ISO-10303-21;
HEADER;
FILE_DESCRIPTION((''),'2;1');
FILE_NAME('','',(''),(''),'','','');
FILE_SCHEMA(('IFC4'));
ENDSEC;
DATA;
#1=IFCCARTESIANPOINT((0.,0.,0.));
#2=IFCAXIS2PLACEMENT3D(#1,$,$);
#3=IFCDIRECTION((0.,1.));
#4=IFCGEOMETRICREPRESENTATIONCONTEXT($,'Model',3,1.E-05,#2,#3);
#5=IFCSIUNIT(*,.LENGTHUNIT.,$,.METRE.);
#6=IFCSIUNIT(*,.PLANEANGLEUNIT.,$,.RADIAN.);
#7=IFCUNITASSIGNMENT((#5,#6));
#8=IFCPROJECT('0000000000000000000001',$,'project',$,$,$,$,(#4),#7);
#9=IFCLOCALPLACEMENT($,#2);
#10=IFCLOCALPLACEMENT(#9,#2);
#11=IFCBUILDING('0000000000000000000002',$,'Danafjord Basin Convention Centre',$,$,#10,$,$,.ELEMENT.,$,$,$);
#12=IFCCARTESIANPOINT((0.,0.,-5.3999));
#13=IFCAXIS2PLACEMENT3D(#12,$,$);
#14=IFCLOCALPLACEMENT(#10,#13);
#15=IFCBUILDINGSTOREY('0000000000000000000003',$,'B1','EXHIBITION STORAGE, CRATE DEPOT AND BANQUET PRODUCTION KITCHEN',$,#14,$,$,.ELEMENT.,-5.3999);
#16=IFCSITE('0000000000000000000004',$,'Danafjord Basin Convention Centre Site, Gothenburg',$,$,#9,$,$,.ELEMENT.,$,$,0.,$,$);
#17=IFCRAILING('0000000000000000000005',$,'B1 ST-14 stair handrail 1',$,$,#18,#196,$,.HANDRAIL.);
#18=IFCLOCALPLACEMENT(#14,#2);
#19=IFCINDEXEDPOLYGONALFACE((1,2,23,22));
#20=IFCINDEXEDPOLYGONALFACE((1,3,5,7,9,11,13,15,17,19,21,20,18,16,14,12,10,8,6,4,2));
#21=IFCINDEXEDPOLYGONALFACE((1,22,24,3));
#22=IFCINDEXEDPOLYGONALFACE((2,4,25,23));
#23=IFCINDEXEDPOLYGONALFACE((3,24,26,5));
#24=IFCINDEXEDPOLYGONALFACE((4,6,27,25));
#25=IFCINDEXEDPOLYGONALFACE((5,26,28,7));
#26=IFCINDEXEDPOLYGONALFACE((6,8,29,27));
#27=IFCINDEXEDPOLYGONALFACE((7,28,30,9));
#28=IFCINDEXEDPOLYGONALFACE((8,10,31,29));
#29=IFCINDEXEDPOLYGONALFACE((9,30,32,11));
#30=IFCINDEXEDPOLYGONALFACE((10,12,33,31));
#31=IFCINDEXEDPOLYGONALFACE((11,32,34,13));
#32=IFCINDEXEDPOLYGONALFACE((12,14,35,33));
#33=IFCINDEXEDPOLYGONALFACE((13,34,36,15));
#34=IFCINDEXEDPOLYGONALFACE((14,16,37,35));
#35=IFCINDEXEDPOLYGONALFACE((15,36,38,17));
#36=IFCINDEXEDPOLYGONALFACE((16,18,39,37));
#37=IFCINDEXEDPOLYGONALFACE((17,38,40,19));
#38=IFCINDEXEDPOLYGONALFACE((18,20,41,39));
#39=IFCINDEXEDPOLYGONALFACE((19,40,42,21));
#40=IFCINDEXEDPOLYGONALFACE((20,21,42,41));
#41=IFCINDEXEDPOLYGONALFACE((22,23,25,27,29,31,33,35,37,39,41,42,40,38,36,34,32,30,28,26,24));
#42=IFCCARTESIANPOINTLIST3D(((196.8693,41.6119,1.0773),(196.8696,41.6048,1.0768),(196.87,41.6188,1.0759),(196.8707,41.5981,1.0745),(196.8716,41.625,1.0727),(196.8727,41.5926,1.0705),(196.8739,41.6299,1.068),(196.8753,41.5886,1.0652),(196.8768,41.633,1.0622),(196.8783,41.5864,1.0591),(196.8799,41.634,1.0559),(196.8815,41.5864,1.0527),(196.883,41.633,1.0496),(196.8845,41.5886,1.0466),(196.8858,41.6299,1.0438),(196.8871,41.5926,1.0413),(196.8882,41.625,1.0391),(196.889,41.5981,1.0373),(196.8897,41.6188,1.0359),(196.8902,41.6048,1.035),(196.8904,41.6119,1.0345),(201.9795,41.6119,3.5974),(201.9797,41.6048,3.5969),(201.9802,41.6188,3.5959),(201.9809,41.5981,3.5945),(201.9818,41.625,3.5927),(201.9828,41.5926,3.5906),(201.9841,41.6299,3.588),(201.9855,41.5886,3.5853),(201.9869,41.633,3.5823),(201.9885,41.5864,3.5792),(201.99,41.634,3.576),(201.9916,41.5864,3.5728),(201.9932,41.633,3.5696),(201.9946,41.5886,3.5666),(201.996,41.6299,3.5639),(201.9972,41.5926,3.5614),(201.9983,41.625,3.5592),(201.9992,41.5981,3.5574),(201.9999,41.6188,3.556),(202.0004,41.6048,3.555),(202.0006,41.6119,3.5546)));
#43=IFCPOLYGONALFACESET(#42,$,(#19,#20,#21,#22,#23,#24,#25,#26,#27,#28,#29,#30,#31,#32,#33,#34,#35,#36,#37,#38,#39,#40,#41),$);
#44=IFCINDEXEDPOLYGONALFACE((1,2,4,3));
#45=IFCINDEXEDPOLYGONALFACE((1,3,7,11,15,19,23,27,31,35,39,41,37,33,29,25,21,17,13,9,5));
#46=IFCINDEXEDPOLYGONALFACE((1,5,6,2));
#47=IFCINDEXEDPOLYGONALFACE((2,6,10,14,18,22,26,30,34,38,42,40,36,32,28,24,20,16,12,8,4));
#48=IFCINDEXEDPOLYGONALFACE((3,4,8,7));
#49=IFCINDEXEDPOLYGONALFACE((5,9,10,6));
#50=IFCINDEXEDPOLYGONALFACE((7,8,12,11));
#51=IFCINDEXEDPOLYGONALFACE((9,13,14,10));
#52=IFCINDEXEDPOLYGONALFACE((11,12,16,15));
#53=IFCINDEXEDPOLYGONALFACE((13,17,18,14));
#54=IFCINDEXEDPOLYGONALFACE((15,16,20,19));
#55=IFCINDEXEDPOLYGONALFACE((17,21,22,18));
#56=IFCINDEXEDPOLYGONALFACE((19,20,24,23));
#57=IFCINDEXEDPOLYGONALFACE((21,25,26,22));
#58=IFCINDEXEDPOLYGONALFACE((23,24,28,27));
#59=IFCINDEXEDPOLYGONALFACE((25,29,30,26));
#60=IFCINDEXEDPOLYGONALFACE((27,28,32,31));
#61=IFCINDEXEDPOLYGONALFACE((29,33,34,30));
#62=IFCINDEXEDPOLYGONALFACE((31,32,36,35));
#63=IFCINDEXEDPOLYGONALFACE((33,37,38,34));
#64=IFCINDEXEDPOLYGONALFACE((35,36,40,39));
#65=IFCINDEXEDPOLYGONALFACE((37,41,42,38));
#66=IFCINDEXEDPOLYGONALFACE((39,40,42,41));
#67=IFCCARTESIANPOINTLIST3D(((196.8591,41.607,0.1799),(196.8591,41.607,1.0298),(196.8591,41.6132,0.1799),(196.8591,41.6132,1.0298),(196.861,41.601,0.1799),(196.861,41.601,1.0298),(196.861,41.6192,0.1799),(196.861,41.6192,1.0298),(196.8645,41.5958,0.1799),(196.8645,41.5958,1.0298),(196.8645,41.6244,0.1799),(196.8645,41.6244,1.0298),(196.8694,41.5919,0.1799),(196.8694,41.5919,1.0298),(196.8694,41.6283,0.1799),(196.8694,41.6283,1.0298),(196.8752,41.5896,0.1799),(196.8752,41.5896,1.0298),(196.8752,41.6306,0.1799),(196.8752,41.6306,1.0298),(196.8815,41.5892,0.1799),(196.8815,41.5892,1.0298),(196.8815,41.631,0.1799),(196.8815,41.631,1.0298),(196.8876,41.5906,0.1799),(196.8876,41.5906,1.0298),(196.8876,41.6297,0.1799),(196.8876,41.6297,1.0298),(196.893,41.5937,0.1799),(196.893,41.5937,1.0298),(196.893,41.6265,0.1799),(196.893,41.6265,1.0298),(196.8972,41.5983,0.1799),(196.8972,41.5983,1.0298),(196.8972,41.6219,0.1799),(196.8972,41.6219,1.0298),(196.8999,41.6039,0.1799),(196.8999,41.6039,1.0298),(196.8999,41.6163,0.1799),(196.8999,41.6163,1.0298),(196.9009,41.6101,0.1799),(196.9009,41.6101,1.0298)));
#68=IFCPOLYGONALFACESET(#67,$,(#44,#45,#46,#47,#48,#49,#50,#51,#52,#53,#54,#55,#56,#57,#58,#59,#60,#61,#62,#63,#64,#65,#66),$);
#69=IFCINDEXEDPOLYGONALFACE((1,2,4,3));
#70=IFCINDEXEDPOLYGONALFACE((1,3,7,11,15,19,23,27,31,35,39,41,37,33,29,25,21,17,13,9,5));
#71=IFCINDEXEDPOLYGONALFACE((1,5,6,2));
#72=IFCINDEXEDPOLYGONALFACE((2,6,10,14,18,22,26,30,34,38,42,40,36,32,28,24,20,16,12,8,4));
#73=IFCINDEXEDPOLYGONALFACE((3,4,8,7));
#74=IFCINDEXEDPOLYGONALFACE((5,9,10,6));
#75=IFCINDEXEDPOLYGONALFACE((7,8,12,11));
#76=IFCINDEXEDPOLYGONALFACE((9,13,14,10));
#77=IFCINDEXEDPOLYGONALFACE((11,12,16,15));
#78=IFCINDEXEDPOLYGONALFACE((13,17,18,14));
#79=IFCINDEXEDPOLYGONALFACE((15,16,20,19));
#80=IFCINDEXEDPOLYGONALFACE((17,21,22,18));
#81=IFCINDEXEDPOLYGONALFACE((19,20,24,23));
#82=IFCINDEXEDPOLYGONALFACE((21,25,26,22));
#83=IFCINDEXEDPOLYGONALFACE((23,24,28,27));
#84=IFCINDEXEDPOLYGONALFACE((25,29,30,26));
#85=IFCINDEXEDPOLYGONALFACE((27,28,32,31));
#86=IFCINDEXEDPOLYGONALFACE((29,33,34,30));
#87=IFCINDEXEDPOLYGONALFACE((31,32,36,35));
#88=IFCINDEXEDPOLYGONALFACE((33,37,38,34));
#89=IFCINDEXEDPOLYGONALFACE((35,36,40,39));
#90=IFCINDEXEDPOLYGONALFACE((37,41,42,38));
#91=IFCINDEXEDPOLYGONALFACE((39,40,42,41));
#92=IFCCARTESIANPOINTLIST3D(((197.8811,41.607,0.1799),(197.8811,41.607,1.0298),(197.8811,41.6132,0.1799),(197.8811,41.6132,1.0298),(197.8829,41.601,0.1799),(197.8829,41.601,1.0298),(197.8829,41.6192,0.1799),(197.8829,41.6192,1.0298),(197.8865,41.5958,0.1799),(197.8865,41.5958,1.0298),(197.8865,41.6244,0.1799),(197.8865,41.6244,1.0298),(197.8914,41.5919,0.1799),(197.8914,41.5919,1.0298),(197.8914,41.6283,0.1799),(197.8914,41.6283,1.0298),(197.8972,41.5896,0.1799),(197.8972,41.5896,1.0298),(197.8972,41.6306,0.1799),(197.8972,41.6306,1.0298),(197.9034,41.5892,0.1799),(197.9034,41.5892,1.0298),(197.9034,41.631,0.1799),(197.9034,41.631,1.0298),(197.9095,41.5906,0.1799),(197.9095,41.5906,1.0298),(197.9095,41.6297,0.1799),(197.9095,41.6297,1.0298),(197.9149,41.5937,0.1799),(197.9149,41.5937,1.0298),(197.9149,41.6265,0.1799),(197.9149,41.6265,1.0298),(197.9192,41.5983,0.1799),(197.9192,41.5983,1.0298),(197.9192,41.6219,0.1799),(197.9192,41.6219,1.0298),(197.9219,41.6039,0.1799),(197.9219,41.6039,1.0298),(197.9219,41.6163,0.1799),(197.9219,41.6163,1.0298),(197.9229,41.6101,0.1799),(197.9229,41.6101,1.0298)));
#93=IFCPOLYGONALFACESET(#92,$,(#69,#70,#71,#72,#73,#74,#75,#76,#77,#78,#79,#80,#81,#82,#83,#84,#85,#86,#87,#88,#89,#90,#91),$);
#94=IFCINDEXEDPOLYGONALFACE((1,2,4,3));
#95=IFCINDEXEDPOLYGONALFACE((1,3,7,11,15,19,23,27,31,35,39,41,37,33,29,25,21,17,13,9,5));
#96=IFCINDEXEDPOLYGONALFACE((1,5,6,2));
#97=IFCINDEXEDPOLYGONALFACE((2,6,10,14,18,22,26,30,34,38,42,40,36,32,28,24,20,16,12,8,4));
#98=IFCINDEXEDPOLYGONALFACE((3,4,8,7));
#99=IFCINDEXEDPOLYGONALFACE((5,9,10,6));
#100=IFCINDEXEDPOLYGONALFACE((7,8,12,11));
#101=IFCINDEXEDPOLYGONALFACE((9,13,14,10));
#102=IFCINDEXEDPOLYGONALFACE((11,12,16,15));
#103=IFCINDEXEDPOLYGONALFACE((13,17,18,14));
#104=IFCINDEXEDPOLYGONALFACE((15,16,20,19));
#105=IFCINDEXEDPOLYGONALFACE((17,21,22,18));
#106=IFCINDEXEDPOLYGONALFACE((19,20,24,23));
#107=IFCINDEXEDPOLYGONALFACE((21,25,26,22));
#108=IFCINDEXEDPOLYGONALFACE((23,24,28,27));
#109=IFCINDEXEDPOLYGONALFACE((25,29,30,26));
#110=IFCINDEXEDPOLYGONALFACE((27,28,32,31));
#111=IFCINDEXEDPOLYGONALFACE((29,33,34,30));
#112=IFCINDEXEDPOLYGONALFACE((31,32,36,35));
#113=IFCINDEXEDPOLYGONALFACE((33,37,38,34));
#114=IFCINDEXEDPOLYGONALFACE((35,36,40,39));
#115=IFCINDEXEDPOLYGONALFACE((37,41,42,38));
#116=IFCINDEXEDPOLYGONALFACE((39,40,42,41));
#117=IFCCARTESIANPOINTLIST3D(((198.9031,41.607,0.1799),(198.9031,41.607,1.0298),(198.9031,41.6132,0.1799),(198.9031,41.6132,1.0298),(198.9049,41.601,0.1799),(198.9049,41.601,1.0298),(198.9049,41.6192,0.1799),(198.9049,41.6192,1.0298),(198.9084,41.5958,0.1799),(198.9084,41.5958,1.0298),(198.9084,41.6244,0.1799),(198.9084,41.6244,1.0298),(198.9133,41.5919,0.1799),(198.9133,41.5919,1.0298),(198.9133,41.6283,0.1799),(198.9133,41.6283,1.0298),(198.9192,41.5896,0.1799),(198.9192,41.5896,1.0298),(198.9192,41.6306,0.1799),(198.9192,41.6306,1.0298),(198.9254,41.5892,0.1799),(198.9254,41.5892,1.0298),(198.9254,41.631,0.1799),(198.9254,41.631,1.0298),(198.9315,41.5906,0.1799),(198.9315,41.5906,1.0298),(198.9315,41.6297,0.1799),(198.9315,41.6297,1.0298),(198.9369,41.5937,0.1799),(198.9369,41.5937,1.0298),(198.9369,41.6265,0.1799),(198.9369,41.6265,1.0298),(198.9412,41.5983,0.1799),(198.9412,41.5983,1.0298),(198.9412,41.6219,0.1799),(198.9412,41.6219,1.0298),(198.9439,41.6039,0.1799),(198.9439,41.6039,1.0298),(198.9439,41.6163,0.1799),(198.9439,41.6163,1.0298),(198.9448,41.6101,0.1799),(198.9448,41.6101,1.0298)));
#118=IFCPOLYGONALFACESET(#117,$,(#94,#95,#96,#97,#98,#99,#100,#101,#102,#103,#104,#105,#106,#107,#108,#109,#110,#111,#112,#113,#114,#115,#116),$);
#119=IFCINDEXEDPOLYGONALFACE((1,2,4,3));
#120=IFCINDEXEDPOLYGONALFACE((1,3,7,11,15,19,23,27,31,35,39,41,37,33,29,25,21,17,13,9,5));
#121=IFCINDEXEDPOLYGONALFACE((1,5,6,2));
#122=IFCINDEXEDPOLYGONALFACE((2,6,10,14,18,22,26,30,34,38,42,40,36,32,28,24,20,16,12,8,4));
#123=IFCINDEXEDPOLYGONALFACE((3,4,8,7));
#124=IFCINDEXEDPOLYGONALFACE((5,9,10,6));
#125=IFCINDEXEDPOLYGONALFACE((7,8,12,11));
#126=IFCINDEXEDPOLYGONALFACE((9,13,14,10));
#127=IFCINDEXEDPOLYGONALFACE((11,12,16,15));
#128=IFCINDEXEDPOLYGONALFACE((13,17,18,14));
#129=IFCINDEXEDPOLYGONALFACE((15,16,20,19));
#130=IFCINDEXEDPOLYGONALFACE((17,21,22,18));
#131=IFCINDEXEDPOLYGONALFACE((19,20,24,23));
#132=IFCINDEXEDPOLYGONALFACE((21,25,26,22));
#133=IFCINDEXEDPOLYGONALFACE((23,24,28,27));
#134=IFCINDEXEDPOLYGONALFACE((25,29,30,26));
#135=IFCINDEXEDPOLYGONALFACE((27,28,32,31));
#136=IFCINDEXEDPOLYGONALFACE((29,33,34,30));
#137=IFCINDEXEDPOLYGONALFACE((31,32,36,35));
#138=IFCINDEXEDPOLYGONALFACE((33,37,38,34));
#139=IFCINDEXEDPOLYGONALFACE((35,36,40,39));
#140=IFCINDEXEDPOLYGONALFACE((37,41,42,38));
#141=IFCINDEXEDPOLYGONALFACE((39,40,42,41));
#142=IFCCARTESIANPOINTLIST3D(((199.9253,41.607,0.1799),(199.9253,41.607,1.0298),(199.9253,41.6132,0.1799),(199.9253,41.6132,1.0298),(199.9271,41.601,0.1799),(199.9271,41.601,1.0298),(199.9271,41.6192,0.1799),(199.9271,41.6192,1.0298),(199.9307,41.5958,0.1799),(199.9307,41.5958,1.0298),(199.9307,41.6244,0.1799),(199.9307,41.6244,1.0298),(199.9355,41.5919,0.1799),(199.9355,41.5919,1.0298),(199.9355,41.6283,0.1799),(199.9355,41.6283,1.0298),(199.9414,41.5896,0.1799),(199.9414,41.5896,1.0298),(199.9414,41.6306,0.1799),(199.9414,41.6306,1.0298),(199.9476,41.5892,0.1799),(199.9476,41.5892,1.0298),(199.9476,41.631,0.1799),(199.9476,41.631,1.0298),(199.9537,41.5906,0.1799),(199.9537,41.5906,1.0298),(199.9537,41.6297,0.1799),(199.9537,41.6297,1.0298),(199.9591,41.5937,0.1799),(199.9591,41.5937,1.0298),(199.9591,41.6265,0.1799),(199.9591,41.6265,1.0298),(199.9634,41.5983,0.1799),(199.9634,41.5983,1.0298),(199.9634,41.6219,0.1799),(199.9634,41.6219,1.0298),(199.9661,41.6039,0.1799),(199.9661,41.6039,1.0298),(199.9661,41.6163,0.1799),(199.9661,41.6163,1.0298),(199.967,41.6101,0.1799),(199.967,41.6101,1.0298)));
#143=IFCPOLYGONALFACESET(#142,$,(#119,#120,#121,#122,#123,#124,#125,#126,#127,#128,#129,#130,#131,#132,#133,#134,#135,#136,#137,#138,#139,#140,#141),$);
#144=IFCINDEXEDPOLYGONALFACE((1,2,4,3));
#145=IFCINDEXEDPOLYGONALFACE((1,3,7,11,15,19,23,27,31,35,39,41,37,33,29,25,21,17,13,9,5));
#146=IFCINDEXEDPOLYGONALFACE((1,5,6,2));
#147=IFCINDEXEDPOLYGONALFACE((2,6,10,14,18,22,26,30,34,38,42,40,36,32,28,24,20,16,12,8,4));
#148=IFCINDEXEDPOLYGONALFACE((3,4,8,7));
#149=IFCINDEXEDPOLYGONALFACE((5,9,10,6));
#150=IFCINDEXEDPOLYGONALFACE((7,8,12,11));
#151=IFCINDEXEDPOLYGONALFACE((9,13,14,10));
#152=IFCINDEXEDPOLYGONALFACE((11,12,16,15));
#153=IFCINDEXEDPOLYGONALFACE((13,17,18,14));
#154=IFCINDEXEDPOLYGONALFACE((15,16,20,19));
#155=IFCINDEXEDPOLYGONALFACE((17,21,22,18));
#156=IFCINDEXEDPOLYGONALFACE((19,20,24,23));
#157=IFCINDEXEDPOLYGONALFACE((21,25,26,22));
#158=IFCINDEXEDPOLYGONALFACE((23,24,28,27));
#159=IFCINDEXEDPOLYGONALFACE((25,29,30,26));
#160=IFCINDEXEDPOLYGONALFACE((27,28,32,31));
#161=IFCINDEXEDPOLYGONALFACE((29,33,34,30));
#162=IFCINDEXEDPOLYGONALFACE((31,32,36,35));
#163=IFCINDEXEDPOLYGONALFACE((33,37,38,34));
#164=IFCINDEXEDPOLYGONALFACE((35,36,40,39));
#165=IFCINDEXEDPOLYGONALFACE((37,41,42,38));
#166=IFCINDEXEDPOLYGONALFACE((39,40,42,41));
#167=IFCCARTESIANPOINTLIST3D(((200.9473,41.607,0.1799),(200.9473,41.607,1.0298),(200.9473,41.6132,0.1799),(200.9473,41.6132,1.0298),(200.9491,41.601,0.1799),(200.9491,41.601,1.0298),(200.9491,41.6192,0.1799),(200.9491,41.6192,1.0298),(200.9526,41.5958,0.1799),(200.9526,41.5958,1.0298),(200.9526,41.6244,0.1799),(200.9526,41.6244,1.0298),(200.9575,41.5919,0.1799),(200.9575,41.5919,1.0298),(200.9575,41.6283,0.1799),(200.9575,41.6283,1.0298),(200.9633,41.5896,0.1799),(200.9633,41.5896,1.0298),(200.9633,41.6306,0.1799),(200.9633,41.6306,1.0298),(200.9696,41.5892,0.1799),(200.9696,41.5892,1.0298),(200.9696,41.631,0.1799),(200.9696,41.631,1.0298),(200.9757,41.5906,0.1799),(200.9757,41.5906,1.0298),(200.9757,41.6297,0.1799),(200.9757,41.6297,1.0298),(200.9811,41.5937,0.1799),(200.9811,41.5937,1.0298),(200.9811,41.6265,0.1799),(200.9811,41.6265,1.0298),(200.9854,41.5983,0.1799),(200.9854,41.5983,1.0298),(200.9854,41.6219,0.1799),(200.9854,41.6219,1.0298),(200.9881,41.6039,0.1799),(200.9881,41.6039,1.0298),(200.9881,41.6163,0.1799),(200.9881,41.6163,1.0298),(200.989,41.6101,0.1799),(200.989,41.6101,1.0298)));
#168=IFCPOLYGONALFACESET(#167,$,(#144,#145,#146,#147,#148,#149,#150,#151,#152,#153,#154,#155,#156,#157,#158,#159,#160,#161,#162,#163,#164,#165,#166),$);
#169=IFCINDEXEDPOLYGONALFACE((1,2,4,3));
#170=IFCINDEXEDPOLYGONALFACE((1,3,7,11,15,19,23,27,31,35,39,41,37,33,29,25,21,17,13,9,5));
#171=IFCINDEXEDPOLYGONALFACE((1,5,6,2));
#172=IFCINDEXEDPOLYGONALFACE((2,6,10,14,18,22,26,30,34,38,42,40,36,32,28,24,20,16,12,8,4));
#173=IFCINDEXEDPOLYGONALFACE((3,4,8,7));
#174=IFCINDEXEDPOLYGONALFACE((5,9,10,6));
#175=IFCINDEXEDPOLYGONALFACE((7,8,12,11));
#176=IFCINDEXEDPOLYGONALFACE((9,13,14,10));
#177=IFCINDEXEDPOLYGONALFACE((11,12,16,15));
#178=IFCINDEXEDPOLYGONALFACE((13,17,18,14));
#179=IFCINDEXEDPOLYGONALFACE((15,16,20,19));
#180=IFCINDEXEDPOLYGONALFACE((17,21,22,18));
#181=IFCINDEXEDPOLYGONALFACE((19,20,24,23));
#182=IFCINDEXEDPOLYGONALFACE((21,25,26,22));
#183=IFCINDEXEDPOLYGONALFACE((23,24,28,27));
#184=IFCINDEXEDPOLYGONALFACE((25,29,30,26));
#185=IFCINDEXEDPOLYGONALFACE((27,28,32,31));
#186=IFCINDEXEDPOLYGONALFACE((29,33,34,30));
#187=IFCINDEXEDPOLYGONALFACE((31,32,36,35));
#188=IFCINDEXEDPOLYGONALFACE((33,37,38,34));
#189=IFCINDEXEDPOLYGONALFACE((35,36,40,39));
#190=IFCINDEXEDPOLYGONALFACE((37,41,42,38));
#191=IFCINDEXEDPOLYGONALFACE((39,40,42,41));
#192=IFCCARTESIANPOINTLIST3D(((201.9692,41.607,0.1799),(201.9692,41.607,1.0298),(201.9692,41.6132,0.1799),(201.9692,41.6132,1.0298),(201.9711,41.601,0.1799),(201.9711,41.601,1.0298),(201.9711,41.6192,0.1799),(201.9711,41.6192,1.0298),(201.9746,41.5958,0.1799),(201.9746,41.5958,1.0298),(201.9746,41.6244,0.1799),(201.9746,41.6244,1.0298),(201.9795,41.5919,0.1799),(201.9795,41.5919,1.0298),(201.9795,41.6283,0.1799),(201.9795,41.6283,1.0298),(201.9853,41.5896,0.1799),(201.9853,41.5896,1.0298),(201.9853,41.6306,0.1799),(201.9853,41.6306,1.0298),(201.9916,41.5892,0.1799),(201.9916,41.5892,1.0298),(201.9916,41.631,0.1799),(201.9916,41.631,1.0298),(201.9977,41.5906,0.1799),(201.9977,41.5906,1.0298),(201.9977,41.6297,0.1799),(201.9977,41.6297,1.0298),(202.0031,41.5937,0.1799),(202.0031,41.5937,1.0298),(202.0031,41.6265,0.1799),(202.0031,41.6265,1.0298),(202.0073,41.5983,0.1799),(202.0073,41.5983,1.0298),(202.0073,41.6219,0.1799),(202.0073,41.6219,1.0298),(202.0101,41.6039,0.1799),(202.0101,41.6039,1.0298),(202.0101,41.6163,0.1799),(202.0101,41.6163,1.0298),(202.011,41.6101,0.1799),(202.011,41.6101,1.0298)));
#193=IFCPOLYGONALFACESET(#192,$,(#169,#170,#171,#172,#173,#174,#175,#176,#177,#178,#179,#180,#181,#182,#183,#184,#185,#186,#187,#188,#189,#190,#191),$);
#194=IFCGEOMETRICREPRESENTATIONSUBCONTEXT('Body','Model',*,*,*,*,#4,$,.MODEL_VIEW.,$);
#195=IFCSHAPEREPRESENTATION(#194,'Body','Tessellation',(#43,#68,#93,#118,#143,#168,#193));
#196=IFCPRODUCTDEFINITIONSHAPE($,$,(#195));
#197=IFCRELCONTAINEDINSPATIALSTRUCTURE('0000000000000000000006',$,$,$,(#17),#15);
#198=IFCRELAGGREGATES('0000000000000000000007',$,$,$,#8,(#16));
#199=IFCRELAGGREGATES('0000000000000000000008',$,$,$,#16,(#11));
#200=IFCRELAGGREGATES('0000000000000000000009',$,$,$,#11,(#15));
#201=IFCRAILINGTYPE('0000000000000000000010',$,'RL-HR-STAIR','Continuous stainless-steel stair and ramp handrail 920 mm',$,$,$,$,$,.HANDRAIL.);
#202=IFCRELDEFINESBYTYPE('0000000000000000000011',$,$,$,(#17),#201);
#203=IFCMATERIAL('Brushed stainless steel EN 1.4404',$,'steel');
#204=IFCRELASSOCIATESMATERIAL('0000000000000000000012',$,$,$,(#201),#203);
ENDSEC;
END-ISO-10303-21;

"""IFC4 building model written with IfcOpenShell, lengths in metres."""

from ifc_helpers import new_model, si_unit, direction, frame, origin, origin_2d, place, context, subcontext, project, spatial, circle, extrude, material, type_object, element, save


model = new_model("IFC4")

# Units and contexts
model_context = context("Model", 3, precision=1e-05, world=origin(), true_north=direction((0.0, 1.0)))
body_context = subcontext(model_context, "Body", "Model", "MODEL_VIEW")
ifc_project = project(units=[si_unit("LENGTHUNIT", "METRE"), si_unit("PLANEANGLEUNIT", "RADIAN")], contexts=[model_context])

# Site, building, storey
site_placement = place(None, origin())
site = spatial("IfcSite", under=ifc_project, at=site_placement, Name="Danafjord Basin Convention Centre Site, Gothenburg", CompositionType="ELEMENT", RefElevation=0.0)
building_placement = place(site_placement, origin())
building = spatial("IfcBuilding", under=site, at=building_placement, Name="Danafjord Basin Convention Centre", CompositionType="ELEMENT")
storey_placement = place(building_placement, frame((0.0, 0.0, -5.3999)))
storey = spatial("IfcBuildingStorey", under=building, at=storey_placement, Name="B1", Description="EXHIBITION STORAGE, CRATE DEPOT AND BANQUET PRODUCTION KITCHEN", CompositionType="ELEMENT", Elevation=-5.3999)

# Railing
ifc_material_1 = material(Name="Brushed stainless steel EN 1.4404", Category="steel")
railing_type = type_object("IfcRailingType", Name="RL-HR-STAIR", Description="Continuous stainless-steel stair and ramp handrail 920 mm", PredefinedType="HANDRAIL", material=ifc_material_1)
railing_placement = place(storey_placement, frame((196.8799, 41.6101, 0.1799)))
element("IfcRailing", 1, at=railing_placement, inside=storey, type_object=railing_type, Name="B1 ST-14 stair handrail 1", PredefinedType="HANDRAIL", context=body_context, shape_type="SweptSolid", body=[
    extrude(circle(Radius=0.0239, at=origin_2d()), frame((0.0, 0.0, 0.876), z_axis=(0.896873, 0.0, 0.442288), x_axis=(0.0, 1.0, 0.0)), (0.0, 0.0, 1.0), 5.6978),
    extrude(circle(Radius=0.021, at=origin_2d()), origin(), (0.0, 0.0, 1.0), 0.8499),
    extrude(circle(Radius=0.021, at=origin_2d()), frame((1.022, 0.0, 0.0)), (0.0, 0.0, 1.0), 0.8499),
    extrude(circle(Radius=0.021, at=origin_2d()), frame((2.0439, 0.0, 0.0)), (0.0, 0.0, 1.0), 0.8499),
    extrude(circle(Radius=0.021, at=origin_2d()), frame((3.0662, 0.0, 0.0)), (0.0, 0.0, 1.0), 0.8499),
    extrude(circle(Radius=0.021, at=origin_2d()), frame((4.0881, 0.0, 0.0)), (0.0, 0.0, 1.0), 0.8499),
    extrude(circle(Radius=0.021, at=origin_2d()), frame((5.1101, 0.0, 0.0)), (0.0, 0.0, 1.0), 0.8499),
])

save(model, "model.ifc")
